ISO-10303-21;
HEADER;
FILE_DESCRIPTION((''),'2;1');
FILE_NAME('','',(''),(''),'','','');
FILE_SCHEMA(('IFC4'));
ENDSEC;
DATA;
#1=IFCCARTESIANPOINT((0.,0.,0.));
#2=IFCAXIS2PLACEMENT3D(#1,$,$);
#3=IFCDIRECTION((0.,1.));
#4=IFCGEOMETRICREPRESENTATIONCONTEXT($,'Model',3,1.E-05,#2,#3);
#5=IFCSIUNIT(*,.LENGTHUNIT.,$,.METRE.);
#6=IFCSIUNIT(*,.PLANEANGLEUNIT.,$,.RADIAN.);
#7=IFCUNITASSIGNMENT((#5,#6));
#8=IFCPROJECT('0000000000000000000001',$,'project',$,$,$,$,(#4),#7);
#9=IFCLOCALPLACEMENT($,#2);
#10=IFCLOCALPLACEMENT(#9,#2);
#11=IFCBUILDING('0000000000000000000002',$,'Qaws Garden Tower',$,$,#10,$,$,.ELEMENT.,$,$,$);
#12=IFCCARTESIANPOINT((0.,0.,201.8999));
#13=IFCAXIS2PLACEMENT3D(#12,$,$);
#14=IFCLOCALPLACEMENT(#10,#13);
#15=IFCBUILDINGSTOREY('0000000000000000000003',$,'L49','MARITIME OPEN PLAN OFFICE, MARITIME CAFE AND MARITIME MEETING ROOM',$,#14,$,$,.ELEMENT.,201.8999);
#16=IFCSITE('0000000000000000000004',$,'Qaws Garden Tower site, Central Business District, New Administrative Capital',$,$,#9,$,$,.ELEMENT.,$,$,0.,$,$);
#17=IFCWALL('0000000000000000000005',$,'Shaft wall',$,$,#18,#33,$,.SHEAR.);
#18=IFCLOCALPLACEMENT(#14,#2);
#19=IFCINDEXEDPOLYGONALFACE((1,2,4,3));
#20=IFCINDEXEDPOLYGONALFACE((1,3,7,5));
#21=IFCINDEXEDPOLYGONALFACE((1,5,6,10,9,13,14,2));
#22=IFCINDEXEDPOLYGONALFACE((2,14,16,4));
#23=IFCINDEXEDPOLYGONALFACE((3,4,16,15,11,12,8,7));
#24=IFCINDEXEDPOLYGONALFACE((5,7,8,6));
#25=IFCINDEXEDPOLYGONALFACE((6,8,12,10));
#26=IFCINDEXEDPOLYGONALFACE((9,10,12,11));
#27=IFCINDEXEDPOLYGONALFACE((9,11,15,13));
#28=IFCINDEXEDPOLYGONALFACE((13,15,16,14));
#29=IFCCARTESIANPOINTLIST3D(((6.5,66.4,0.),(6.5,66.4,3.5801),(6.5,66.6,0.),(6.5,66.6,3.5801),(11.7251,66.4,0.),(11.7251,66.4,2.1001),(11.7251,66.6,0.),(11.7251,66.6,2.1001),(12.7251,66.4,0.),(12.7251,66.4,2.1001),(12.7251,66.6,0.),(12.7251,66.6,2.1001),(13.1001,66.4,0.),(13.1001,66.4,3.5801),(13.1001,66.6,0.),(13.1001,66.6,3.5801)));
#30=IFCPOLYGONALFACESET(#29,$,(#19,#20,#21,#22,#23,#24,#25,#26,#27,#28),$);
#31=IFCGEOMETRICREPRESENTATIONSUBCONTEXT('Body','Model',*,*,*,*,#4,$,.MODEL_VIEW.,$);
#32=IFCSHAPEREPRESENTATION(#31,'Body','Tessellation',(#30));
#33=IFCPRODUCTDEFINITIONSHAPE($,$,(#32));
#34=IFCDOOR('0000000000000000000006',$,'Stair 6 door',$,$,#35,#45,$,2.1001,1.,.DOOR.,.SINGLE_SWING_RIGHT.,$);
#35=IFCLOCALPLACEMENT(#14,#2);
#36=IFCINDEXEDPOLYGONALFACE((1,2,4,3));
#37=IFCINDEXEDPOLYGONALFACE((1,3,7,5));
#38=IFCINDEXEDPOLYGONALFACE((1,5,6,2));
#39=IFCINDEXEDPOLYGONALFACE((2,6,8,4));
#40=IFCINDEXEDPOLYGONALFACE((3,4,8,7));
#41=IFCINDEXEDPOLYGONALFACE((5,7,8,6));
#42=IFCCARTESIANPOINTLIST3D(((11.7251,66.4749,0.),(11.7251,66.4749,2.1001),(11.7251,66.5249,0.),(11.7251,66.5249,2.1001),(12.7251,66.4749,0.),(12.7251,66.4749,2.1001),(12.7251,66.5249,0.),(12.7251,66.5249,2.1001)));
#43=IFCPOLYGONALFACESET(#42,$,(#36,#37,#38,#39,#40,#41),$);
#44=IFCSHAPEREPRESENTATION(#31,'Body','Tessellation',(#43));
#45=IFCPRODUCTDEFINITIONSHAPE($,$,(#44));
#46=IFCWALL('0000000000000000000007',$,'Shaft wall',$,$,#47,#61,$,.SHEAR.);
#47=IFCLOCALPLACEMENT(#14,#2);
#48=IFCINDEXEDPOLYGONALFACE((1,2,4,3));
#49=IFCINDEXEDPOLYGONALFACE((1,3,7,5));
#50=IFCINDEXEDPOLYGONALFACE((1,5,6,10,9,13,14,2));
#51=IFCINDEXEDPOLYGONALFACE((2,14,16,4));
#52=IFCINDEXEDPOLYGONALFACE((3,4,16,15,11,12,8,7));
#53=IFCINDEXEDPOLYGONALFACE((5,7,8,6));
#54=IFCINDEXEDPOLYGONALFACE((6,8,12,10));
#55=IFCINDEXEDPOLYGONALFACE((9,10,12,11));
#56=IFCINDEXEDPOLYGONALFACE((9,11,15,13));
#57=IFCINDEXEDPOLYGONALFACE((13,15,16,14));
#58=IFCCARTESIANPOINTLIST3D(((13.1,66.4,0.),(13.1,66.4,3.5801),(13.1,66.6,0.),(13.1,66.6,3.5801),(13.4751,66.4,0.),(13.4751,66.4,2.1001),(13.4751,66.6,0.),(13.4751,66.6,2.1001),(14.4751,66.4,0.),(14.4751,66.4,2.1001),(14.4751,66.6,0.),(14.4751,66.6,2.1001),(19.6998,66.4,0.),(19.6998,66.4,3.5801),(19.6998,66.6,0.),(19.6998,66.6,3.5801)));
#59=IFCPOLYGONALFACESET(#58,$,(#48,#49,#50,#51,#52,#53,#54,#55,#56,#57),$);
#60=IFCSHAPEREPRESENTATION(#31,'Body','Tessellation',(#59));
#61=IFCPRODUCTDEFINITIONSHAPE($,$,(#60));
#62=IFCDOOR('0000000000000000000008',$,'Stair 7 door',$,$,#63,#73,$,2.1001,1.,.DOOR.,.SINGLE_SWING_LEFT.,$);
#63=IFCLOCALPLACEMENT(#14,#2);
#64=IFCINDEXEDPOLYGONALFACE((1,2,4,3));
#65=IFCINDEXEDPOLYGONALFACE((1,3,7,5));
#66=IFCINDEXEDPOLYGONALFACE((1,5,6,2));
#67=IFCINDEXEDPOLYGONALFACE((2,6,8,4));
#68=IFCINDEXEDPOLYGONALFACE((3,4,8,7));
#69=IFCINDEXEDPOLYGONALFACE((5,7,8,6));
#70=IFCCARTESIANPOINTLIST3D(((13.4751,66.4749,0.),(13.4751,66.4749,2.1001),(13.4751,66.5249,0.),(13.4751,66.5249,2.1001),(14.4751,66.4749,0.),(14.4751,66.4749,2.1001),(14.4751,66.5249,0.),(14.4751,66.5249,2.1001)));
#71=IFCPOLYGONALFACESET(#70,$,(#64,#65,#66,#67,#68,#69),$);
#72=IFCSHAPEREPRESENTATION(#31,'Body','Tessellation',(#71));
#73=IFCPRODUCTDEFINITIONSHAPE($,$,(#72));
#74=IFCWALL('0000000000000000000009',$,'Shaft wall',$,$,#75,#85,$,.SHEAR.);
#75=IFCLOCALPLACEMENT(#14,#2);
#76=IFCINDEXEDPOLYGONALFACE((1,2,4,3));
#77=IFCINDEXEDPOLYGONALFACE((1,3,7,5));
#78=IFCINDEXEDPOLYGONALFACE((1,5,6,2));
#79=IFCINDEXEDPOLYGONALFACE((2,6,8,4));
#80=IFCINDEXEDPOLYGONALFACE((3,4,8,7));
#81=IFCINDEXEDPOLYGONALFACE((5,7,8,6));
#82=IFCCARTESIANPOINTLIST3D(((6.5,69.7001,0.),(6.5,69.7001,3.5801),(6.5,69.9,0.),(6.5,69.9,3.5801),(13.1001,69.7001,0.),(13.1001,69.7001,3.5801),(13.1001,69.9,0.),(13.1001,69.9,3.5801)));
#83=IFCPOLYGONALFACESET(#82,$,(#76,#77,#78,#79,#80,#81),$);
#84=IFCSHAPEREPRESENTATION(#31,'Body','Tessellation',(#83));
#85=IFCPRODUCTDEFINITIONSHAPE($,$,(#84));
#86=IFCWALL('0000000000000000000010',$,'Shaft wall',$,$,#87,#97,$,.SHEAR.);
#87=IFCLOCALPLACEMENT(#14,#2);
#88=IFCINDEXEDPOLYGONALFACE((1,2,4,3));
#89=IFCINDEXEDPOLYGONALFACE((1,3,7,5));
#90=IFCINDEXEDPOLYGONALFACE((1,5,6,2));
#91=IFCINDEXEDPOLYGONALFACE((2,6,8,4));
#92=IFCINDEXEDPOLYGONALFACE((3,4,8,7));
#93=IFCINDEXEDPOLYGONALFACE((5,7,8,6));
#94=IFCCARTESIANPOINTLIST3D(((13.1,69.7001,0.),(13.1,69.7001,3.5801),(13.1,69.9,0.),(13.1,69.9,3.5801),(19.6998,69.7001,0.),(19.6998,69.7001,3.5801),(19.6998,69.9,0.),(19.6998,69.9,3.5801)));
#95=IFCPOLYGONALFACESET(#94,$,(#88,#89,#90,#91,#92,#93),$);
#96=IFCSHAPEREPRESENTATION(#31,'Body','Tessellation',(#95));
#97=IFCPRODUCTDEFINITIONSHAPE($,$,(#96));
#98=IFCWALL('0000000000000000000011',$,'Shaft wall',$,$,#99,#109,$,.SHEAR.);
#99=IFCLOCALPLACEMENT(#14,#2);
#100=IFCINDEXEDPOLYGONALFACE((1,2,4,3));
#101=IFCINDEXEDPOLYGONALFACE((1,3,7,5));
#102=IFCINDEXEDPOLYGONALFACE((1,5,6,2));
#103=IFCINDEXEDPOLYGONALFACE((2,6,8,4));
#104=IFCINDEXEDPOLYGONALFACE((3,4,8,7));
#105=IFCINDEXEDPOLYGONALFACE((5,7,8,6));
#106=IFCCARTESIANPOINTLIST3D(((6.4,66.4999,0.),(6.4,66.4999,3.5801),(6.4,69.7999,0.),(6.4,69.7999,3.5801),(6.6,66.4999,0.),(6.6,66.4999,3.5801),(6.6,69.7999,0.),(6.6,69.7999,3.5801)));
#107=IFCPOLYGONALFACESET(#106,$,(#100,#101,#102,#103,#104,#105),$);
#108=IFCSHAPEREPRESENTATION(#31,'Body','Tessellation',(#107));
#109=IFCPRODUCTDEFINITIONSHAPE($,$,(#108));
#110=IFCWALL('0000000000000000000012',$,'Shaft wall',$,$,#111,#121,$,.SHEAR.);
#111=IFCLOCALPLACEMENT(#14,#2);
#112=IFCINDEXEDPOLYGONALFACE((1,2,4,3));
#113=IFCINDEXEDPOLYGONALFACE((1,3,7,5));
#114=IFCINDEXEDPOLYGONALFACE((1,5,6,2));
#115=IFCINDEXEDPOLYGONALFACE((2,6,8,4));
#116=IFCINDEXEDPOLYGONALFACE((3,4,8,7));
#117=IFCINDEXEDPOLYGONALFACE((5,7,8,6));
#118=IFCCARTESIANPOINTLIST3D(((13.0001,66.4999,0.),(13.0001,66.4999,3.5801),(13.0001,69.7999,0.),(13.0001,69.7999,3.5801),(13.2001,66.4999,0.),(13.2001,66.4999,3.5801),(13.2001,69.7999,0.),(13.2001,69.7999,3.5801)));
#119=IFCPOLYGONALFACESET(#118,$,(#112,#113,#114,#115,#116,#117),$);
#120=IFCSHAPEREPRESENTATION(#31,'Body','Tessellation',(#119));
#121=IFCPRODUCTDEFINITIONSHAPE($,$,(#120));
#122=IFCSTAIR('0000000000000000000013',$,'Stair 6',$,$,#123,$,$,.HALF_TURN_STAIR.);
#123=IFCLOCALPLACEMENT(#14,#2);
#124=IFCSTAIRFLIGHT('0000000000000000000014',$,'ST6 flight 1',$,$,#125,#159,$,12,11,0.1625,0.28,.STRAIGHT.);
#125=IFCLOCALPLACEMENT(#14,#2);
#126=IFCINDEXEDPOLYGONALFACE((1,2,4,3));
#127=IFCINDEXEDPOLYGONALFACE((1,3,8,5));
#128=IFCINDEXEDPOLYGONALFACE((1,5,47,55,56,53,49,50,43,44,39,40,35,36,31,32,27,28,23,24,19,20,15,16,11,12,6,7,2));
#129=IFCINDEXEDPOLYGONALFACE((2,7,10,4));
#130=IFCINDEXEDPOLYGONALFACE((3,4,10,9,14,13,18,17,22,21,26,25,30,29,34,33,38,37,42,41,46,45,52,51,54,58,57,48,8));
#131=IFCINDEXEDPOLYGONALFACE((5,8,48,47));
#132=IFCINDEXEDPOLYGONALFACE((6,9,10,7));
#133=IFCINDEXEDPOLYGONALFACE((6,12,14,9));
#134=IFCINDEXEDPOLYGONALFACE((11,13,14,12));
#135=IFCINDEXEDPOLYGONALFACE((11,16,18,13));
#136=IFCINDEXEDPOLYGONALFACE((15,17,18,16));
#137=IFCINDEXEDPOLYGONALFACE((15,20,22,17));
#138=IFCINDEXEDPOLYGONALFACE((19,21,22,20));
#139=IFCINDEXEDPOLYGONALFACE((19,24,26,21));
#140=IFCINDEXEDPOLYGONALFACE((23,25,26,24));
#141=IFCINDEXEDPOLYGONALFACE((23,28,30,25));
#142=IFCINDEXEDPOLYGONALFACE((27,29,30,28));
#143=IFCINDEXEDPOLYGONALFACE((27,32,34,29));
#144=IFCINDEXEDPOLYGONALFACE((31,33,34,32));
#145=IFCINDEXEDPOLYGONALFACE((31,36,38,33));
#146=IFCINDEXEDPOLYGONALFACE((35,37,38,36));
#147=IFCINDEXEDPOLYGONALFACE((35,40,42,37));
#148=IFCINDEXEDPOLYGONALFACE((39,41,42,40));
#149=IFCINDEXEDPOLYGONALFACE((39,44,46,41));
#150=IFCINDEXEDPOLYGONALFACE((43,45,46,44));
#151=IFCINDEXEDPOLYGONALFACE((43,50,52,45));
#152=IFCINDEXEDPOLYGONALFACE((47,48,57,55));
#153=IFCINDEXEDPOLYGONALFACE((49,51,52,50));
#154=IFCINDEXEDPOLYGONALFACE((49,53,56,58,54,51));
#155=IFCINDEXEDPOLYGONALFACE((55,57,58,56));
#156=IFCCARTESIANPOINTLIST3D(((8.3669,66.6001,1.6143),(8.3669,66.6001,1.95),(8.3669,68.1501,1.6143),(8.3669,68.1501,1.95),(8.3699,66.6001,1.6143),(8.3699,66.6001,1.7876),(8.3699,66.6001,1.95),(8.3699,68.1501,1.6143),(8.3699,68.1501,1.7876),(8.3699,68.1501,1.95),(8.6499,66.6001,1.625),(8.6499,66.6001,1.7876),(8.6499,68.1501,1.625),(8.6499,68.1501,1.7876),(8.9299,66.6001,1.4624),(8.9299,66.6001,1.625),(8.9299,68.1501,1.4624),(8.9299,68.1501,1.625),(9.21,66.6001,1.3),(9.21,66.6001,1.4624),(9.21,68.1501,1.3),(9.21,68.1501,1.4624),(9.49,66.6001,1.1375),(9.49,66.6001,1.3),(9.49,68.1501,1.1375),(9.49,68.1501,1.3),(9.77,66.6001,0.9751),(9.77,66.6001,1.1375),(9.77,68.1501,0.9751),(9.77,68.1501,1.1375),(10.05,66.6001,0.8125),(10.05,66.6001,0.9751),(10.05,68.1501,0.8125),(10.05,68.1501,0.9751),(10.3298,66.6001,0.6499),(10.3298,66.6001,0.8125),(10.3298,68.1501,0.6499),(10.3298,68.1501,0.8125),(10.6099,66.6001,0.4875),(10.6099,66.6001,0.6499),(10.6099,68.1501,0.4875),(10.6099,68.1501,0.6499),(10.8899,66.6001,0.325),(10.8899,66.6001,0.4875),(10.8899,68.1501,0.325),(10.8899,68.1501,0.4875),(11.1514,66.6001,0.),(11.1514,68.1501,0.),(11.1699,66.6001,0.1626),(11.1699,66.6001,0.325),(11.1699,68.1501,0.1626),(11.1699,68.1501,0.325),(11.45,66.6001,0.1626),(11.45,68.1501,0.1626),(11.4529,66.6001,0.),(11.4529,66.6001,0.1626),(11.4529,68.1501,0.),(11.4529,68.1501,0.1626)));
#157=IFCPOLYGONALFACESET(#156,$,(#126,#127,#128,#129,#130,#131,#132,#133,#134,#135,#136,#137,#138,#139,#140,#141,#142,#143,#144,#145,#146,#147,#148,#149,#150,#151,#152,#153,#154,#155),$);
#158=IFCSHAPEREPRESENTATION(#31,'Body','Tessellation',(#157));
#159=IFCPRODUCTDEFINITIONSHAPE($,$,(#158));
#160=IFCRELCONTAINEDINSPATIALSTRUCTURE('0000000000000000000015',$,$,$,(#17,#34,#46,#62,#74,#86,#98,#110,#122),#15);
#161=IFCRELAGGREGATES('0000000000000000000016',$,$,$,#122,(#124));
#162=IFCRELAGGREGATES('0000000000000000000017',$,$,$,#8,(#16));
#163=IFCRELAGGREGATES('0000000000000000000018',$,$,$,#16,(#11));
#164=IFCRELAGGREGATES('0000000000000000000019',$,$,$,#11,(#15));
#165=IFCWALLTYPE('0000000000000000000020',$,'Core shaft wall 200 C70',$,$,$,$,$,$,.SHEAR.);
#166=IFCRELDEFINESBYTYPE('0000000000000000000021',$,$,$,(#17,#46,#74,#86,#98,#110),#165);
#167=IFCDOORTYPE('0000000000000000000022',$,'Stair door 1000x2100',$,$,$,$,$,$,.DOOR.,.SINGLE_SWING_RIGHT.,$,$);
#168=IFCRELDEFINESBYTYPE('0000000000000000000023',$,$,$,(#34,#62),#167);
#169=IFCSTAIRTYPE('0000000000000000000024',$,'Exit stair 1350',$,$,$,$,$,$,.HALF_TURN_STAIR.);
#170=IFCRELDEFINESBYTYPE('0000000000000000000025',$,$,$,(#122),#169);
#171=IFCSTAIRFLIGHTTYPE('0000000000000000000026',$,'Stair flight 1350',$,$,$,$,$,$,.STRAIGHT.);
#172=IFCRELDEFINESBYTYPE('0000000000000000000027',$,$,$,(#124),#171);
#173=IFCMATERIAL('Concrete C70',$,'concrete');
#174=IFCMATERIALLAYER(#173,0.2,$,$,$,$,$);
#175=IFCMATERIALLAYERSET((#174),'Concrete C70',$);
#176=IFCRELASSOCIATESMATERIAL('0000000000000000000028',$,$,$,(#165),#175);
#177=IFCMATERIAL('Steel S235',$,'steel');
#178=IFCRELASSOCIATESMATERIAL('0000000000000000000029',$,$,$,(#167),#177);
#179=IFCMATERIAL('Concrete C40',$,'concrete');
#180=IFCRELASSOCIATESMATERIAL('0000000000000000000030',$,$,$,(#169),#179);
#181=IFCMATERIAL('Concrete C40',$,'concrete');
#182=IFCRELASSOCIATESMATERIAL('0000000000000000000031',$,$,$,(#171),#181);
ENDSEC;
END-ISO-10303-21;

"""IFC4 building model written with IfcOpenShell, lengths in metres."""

from ifc_helpers import new_model, si_unit, direction, frame, frame_2d, origin, place, context, subcontext, project, spatial, polyline, rectangle, outline, extrude, material, layer, layer_set, type_object, element, fill, aggregate, save


model = new_model("IFC4")

# Units and contexts
model_context = context("Model", 3, precision=1e-05, world=origin(), true_north=direction((0.0, 1.0)))
body_context = subcontext(model_context, "Body", "Model", "MODEL_VIEW")
ifc_project = project(units=[si_unit("LENGTHUNIT", "METRE"), si_unit("PLANEANGLEUNIT", "RADIAN")], contexts=[model_context])

# Site, building, storey
site_placement = place(None, origin())
site = spatial("IfcSite", under=ifc_project, at=site_placement, Name="Qaws Garden Tower site, Central Business District, New Administrative Capital", CompositionType="ELEMENT", RefElevation=0.0)
building_placement = place(site_placement, origin())
building = spatial("IfcBuilding", under=site, at=building_placement, Name="Qaws Garden Tower", CompositionType="ELEMENT")
storey_placement = place(building_placement, frame((0.0, 0.0, 201.8999)))
storey = spatial("IfcBuildingStorey", under=building, at=storey_placement, Name="L49", Description="MARITIME OPEN PLAN OFFICE, MARITIME CAFE AND MARITIME MEETING ROOM", CompositionType="ELEMENT", Elevation=201.8999)

# Walls, openings, doors
ifc_material_1 = material(Name="Concrete C70", Category="concrete")
ifc_layer_1 = layer(ifc_material_1, 0.2)
ifc_layer_set_1 = layer_set([ifc_layer_1], Name="Concrete C70")
wall_type_1 = type_object("IfcWallType", Name="Core shaft wall 200 C70", PredefinedType="SHEAR", material=ifc_layer_set_1)
wall_1_placement = place(storey_placement, frame((6.5, 66.5, 0.0), z_axis=(0.0, 0.0, 1.0), x_axis=(1.0, 0.0, 0.0)))
wall_1 = element("IfcWall", 1, at=wall_1_placement, inside=storey, type_object=wall_type_1, Name="Shaft wall", PredefinedType="SHEAR", context=body_context, shape_type="SweptSolid", body=[
    extrude(rectangle(XDim=6.6001, YDim=0.2, at=frame_2d((3.3, 0.0))), origin(), (0.0, 0.0, 1.0), 3.5801),
])
opening_1_placement = place(wall_1_placement, frame((5.2251, 0.0, 0.0)))
opening_1 = element("IfcOpeningElement", 2, at=opening_1_placement, cuts=wall_1, PredefinedType="OPENING", context=body_context, shape_type="SweptSolid", body=[
    extrude(rectangle(XDim=1.0, YDim=2.1001, at=frame_2d((0.5, 1.05))), frame((0.0, 0.1099, 0.0), z_axis=(0.0, -1.0, 0.0), x_axis=(1.0, 0.0, 0.0)), (0.0, 0.0, 1.0), 0.22),
])
ifc_material_2 = material(Name="Steel S235", Category="steel")
door_type = type_object("IfcDoorType", Name="Stair door 1000x2100", OperationType="SINGLE_SWING_RIGHT", PredefinedType="DOOR", material=ifc_material_2)
door_1_placement = place(opening_1_placement, origin())
door_1 = element("IfcDoor", 3, at=door_1_placement, inside=storey, type_object=door_type, Name="Stair 6 door", OperationType="SINGLE_SWING_RIGHT", OverallHeight=2.1001, OverallWidth=1.0, PredefinedType="DOOR", context=body_context, shape_type="SweptSolid", body=[
    extrude(rectangle(XDim=1.0, YDim=2.1001, at=frame_2d((0.5, 1.05))), frame((0.0, 0.0249, 0.0), z_axis=(0.0, -1.0, 0.0), x_axis=(1.0, 0.0, 0.0)), (0.0, 0.0, 1.0), 0.05),
])
fill(opening_1, door_1)
wall_2_placement = place(storey_placement, frame((13.1001, 66.5, 0.0), z_axis=(0.0, 0.0, 1.0), x_axis=(1.0, 0.0, 0.0)))
wall_2 = element("IfcWall", 4, at=wall_2_placement, inside=storey, type_object=wall_type_1, Name="Shaft wall", PredefinedType="SHEAR", context=body_context, shape_type="SweptSolid", body=[
    extrude(rectangle(XDim=6.5999, YDim=0.2, at=frame_2d((3.2998, 0.0))), origin(), (0.0, 0.0, 1.0), 3.5801),
])
opening_2_placement = place(wall_2_placement, frame((0.375, 0.0, 0.0)))
opening_2 = element("IfcOpeningElement", 5, at=opening_2_placement, cuts=wall_2, PredefinedType="OPENING", context=body_context, shape_type="SweptSolid", body=[
    extrude(rectangle(XDim=1.0, YDim=2.1001, at=frame_2d((0.5, 1.05))), frame((0.0, 0.1099, 0.0), z_axis=(0.0, -1.0, 0.0), x_axis=(1.0, 0.0, 0.0)), (0.0, 0.0, 1.0), 0.22),
])
door_2_placement = place(opening_2_placement, origin())
door_2 = element("IfcDoor", 6, at=door_2_placement, inside=storey, type_object=door_type, Name="Stair 7 door", OperationType="SINGLE_SWING_LEFT", OverallHeight=2.1001, OverallWidth=1.0, PredefinedType="DOOR", context=body_context, shape_type="SweptSolid", body=[
    extrude(rectangle(XDim=1.0, YDim=2.1001, at=frame_2d((0.5, 1.05))), frame((0.0, 0.0249, 0.0), z_axis=(0.0, -1.0, 0.0), x_axis=(1.0, 0.0, 0.0)), (0.0, 0.0, 1.0), 0.05),
])
fill(opening_2, door_2)

# Walls
wall_3_placement = place(storey_placement, frame((6.5, 69.8, 0.0), z_axis=(0.0, 0.0, 1.0), x_axis=(1.0, 0.0, 0.0)))
element("IfcWall", 7, at=wall_3_placement, inside=storey, type_object=wall_type_1, Name="Shaft wall", PredefinedType="SHEAR", context=body_context, shape_type="SweptSolid", body=[
    extrude(rectangle(XDim=6.6001, YDim=0.2, at=frame_2d((3.3, 0.0))), origin(), (0.0, 0.0, 1.0), 3.5801),
])
wall_4_placement = place(storey_placement, frame((13.1001, 69.8, 0.0), z_axis=(0.0, 0.0, 1.0), x_axis=(1.0, 0.0, 0.0)))
element("IfcWall", 8, at=wall_4_placement, inside=storey, type_object=wall_type_1, Name="Shaft wall", PredefinedType="SHEAR", context=body_context, shape_type="SweptSolid", body=[
    extrude(rectangle(XDim=6.5999, YDim=0.2, at=frame_2d((3.2998, 0.0))), origin(), (0.0, 0.0, 1.0), 3.5801),
])
for number, where, z_axis, x_axis, name in (
    (9, (6.5, 66.5, 0.0), (0.0, 0.0, 1.0), (0.0, 1.0, 0.0), "Shaft wall"),
    (10, (13.1001, 66.5, 0.0), (0.0, 0.0, 1.0), (0.0, 1.0, 0.0), "Shaft wall"),
):
    element("IfcWall", number, at=place(storey_placement, frame(where, z_axis=z_axis, x_axis=x_axis)), inside=storey, type_object=wall_type_1, Name=name, PredefinedType="SHEAR", context=body_context, shape_type="SweptSolid", body=[
        extrude(rectangle(XDim=3.3, YDim=0.2, at=frame_2d((1.6499, 0.0))), origin(), (0.0, 0.0, 1.0), 3.5801),
    ])

# Stair, stair flight
ifc_material_3 = material(Name="Concrete C40", Category="concrete")
stair_type = type_object("IfcStairType", Name="Exit stair 1350", PredefinedType="HALF_TURN_STAIR", material=ifc_material_3)
placement = place(storey_placement, origin())
stair_1 = element("IfcStair", 11, at=placement, inside=storey, type_object=stair_type, Name="Stair 6", PredefinedType="HALF_TURN_STAIR")
ifc_material_4 = material(Name="Concrete C40", Category="concrete")
stair_flight_type = type_object("IfcStairFlightType", Name="Stair flight 1350", PredefinedType="STRAIGHT", material=ifc_material_4)
stair_flight_1_placement = place(storey_placement, frame((11.45, 67.375, 0.0), z_axis=(0.0, 0.0, 1.0), x_axis=(-1.0, 0.0, 0.0)))
stair_flight_1 = element("IfcStairFlight", 12, at=stair_flight_1_placement, type_object=stair_flight_type, Name="ST6 flight 1", NumberOfRisers=12, NumberOfTreads=11, PredefinedType="STRAIGHT", RiserHeight=0.1625, TreadLength=0.28, context=body_context, shape_type="SweptSolid", body=[
    extrude(outline(polyline([(-0.0029, 0.0), (-0.0029, 0.1626), (0.0, 0.1626), (0.28, 0.1626), (0.28, 0.325), (0.5601, 0.325), (0.5601, 0.4875), (0.8401, 0.4875), (0.8401, 0.6499), (1.1201, 0.6499), (1.1201, 0.8125), (1.3999, 0.8125), (1.3999, 0.9751), (1.6799, 0.9751), (1.6799, 1.1375), (1.96, 1.1375), (1.96, 1.3), (2.24, 1.3), (2.24, 1.4624), (2.52, 1.4624), (2.52, 1.625), (2.8, 1.625), (2.8, 1.7876), (3.0801, 1.7876), (3.0801, 1.95), (3.083, 1.95), (3.083, 1.6143), (3.0801, 1.6143), (0.2986, 0.0), (-0.0029, 0.0)])), frame((0.0, 0.7749, 0.0), z_axis=(0.0, -1.0, 0.0), x_axis=(1.0, 0.0, 0.0)), (0.0, 0.0, 1.0), 1.55),
])
aggregate(stair_1, [stair_flight_1])

save(model, "model.ifc")
